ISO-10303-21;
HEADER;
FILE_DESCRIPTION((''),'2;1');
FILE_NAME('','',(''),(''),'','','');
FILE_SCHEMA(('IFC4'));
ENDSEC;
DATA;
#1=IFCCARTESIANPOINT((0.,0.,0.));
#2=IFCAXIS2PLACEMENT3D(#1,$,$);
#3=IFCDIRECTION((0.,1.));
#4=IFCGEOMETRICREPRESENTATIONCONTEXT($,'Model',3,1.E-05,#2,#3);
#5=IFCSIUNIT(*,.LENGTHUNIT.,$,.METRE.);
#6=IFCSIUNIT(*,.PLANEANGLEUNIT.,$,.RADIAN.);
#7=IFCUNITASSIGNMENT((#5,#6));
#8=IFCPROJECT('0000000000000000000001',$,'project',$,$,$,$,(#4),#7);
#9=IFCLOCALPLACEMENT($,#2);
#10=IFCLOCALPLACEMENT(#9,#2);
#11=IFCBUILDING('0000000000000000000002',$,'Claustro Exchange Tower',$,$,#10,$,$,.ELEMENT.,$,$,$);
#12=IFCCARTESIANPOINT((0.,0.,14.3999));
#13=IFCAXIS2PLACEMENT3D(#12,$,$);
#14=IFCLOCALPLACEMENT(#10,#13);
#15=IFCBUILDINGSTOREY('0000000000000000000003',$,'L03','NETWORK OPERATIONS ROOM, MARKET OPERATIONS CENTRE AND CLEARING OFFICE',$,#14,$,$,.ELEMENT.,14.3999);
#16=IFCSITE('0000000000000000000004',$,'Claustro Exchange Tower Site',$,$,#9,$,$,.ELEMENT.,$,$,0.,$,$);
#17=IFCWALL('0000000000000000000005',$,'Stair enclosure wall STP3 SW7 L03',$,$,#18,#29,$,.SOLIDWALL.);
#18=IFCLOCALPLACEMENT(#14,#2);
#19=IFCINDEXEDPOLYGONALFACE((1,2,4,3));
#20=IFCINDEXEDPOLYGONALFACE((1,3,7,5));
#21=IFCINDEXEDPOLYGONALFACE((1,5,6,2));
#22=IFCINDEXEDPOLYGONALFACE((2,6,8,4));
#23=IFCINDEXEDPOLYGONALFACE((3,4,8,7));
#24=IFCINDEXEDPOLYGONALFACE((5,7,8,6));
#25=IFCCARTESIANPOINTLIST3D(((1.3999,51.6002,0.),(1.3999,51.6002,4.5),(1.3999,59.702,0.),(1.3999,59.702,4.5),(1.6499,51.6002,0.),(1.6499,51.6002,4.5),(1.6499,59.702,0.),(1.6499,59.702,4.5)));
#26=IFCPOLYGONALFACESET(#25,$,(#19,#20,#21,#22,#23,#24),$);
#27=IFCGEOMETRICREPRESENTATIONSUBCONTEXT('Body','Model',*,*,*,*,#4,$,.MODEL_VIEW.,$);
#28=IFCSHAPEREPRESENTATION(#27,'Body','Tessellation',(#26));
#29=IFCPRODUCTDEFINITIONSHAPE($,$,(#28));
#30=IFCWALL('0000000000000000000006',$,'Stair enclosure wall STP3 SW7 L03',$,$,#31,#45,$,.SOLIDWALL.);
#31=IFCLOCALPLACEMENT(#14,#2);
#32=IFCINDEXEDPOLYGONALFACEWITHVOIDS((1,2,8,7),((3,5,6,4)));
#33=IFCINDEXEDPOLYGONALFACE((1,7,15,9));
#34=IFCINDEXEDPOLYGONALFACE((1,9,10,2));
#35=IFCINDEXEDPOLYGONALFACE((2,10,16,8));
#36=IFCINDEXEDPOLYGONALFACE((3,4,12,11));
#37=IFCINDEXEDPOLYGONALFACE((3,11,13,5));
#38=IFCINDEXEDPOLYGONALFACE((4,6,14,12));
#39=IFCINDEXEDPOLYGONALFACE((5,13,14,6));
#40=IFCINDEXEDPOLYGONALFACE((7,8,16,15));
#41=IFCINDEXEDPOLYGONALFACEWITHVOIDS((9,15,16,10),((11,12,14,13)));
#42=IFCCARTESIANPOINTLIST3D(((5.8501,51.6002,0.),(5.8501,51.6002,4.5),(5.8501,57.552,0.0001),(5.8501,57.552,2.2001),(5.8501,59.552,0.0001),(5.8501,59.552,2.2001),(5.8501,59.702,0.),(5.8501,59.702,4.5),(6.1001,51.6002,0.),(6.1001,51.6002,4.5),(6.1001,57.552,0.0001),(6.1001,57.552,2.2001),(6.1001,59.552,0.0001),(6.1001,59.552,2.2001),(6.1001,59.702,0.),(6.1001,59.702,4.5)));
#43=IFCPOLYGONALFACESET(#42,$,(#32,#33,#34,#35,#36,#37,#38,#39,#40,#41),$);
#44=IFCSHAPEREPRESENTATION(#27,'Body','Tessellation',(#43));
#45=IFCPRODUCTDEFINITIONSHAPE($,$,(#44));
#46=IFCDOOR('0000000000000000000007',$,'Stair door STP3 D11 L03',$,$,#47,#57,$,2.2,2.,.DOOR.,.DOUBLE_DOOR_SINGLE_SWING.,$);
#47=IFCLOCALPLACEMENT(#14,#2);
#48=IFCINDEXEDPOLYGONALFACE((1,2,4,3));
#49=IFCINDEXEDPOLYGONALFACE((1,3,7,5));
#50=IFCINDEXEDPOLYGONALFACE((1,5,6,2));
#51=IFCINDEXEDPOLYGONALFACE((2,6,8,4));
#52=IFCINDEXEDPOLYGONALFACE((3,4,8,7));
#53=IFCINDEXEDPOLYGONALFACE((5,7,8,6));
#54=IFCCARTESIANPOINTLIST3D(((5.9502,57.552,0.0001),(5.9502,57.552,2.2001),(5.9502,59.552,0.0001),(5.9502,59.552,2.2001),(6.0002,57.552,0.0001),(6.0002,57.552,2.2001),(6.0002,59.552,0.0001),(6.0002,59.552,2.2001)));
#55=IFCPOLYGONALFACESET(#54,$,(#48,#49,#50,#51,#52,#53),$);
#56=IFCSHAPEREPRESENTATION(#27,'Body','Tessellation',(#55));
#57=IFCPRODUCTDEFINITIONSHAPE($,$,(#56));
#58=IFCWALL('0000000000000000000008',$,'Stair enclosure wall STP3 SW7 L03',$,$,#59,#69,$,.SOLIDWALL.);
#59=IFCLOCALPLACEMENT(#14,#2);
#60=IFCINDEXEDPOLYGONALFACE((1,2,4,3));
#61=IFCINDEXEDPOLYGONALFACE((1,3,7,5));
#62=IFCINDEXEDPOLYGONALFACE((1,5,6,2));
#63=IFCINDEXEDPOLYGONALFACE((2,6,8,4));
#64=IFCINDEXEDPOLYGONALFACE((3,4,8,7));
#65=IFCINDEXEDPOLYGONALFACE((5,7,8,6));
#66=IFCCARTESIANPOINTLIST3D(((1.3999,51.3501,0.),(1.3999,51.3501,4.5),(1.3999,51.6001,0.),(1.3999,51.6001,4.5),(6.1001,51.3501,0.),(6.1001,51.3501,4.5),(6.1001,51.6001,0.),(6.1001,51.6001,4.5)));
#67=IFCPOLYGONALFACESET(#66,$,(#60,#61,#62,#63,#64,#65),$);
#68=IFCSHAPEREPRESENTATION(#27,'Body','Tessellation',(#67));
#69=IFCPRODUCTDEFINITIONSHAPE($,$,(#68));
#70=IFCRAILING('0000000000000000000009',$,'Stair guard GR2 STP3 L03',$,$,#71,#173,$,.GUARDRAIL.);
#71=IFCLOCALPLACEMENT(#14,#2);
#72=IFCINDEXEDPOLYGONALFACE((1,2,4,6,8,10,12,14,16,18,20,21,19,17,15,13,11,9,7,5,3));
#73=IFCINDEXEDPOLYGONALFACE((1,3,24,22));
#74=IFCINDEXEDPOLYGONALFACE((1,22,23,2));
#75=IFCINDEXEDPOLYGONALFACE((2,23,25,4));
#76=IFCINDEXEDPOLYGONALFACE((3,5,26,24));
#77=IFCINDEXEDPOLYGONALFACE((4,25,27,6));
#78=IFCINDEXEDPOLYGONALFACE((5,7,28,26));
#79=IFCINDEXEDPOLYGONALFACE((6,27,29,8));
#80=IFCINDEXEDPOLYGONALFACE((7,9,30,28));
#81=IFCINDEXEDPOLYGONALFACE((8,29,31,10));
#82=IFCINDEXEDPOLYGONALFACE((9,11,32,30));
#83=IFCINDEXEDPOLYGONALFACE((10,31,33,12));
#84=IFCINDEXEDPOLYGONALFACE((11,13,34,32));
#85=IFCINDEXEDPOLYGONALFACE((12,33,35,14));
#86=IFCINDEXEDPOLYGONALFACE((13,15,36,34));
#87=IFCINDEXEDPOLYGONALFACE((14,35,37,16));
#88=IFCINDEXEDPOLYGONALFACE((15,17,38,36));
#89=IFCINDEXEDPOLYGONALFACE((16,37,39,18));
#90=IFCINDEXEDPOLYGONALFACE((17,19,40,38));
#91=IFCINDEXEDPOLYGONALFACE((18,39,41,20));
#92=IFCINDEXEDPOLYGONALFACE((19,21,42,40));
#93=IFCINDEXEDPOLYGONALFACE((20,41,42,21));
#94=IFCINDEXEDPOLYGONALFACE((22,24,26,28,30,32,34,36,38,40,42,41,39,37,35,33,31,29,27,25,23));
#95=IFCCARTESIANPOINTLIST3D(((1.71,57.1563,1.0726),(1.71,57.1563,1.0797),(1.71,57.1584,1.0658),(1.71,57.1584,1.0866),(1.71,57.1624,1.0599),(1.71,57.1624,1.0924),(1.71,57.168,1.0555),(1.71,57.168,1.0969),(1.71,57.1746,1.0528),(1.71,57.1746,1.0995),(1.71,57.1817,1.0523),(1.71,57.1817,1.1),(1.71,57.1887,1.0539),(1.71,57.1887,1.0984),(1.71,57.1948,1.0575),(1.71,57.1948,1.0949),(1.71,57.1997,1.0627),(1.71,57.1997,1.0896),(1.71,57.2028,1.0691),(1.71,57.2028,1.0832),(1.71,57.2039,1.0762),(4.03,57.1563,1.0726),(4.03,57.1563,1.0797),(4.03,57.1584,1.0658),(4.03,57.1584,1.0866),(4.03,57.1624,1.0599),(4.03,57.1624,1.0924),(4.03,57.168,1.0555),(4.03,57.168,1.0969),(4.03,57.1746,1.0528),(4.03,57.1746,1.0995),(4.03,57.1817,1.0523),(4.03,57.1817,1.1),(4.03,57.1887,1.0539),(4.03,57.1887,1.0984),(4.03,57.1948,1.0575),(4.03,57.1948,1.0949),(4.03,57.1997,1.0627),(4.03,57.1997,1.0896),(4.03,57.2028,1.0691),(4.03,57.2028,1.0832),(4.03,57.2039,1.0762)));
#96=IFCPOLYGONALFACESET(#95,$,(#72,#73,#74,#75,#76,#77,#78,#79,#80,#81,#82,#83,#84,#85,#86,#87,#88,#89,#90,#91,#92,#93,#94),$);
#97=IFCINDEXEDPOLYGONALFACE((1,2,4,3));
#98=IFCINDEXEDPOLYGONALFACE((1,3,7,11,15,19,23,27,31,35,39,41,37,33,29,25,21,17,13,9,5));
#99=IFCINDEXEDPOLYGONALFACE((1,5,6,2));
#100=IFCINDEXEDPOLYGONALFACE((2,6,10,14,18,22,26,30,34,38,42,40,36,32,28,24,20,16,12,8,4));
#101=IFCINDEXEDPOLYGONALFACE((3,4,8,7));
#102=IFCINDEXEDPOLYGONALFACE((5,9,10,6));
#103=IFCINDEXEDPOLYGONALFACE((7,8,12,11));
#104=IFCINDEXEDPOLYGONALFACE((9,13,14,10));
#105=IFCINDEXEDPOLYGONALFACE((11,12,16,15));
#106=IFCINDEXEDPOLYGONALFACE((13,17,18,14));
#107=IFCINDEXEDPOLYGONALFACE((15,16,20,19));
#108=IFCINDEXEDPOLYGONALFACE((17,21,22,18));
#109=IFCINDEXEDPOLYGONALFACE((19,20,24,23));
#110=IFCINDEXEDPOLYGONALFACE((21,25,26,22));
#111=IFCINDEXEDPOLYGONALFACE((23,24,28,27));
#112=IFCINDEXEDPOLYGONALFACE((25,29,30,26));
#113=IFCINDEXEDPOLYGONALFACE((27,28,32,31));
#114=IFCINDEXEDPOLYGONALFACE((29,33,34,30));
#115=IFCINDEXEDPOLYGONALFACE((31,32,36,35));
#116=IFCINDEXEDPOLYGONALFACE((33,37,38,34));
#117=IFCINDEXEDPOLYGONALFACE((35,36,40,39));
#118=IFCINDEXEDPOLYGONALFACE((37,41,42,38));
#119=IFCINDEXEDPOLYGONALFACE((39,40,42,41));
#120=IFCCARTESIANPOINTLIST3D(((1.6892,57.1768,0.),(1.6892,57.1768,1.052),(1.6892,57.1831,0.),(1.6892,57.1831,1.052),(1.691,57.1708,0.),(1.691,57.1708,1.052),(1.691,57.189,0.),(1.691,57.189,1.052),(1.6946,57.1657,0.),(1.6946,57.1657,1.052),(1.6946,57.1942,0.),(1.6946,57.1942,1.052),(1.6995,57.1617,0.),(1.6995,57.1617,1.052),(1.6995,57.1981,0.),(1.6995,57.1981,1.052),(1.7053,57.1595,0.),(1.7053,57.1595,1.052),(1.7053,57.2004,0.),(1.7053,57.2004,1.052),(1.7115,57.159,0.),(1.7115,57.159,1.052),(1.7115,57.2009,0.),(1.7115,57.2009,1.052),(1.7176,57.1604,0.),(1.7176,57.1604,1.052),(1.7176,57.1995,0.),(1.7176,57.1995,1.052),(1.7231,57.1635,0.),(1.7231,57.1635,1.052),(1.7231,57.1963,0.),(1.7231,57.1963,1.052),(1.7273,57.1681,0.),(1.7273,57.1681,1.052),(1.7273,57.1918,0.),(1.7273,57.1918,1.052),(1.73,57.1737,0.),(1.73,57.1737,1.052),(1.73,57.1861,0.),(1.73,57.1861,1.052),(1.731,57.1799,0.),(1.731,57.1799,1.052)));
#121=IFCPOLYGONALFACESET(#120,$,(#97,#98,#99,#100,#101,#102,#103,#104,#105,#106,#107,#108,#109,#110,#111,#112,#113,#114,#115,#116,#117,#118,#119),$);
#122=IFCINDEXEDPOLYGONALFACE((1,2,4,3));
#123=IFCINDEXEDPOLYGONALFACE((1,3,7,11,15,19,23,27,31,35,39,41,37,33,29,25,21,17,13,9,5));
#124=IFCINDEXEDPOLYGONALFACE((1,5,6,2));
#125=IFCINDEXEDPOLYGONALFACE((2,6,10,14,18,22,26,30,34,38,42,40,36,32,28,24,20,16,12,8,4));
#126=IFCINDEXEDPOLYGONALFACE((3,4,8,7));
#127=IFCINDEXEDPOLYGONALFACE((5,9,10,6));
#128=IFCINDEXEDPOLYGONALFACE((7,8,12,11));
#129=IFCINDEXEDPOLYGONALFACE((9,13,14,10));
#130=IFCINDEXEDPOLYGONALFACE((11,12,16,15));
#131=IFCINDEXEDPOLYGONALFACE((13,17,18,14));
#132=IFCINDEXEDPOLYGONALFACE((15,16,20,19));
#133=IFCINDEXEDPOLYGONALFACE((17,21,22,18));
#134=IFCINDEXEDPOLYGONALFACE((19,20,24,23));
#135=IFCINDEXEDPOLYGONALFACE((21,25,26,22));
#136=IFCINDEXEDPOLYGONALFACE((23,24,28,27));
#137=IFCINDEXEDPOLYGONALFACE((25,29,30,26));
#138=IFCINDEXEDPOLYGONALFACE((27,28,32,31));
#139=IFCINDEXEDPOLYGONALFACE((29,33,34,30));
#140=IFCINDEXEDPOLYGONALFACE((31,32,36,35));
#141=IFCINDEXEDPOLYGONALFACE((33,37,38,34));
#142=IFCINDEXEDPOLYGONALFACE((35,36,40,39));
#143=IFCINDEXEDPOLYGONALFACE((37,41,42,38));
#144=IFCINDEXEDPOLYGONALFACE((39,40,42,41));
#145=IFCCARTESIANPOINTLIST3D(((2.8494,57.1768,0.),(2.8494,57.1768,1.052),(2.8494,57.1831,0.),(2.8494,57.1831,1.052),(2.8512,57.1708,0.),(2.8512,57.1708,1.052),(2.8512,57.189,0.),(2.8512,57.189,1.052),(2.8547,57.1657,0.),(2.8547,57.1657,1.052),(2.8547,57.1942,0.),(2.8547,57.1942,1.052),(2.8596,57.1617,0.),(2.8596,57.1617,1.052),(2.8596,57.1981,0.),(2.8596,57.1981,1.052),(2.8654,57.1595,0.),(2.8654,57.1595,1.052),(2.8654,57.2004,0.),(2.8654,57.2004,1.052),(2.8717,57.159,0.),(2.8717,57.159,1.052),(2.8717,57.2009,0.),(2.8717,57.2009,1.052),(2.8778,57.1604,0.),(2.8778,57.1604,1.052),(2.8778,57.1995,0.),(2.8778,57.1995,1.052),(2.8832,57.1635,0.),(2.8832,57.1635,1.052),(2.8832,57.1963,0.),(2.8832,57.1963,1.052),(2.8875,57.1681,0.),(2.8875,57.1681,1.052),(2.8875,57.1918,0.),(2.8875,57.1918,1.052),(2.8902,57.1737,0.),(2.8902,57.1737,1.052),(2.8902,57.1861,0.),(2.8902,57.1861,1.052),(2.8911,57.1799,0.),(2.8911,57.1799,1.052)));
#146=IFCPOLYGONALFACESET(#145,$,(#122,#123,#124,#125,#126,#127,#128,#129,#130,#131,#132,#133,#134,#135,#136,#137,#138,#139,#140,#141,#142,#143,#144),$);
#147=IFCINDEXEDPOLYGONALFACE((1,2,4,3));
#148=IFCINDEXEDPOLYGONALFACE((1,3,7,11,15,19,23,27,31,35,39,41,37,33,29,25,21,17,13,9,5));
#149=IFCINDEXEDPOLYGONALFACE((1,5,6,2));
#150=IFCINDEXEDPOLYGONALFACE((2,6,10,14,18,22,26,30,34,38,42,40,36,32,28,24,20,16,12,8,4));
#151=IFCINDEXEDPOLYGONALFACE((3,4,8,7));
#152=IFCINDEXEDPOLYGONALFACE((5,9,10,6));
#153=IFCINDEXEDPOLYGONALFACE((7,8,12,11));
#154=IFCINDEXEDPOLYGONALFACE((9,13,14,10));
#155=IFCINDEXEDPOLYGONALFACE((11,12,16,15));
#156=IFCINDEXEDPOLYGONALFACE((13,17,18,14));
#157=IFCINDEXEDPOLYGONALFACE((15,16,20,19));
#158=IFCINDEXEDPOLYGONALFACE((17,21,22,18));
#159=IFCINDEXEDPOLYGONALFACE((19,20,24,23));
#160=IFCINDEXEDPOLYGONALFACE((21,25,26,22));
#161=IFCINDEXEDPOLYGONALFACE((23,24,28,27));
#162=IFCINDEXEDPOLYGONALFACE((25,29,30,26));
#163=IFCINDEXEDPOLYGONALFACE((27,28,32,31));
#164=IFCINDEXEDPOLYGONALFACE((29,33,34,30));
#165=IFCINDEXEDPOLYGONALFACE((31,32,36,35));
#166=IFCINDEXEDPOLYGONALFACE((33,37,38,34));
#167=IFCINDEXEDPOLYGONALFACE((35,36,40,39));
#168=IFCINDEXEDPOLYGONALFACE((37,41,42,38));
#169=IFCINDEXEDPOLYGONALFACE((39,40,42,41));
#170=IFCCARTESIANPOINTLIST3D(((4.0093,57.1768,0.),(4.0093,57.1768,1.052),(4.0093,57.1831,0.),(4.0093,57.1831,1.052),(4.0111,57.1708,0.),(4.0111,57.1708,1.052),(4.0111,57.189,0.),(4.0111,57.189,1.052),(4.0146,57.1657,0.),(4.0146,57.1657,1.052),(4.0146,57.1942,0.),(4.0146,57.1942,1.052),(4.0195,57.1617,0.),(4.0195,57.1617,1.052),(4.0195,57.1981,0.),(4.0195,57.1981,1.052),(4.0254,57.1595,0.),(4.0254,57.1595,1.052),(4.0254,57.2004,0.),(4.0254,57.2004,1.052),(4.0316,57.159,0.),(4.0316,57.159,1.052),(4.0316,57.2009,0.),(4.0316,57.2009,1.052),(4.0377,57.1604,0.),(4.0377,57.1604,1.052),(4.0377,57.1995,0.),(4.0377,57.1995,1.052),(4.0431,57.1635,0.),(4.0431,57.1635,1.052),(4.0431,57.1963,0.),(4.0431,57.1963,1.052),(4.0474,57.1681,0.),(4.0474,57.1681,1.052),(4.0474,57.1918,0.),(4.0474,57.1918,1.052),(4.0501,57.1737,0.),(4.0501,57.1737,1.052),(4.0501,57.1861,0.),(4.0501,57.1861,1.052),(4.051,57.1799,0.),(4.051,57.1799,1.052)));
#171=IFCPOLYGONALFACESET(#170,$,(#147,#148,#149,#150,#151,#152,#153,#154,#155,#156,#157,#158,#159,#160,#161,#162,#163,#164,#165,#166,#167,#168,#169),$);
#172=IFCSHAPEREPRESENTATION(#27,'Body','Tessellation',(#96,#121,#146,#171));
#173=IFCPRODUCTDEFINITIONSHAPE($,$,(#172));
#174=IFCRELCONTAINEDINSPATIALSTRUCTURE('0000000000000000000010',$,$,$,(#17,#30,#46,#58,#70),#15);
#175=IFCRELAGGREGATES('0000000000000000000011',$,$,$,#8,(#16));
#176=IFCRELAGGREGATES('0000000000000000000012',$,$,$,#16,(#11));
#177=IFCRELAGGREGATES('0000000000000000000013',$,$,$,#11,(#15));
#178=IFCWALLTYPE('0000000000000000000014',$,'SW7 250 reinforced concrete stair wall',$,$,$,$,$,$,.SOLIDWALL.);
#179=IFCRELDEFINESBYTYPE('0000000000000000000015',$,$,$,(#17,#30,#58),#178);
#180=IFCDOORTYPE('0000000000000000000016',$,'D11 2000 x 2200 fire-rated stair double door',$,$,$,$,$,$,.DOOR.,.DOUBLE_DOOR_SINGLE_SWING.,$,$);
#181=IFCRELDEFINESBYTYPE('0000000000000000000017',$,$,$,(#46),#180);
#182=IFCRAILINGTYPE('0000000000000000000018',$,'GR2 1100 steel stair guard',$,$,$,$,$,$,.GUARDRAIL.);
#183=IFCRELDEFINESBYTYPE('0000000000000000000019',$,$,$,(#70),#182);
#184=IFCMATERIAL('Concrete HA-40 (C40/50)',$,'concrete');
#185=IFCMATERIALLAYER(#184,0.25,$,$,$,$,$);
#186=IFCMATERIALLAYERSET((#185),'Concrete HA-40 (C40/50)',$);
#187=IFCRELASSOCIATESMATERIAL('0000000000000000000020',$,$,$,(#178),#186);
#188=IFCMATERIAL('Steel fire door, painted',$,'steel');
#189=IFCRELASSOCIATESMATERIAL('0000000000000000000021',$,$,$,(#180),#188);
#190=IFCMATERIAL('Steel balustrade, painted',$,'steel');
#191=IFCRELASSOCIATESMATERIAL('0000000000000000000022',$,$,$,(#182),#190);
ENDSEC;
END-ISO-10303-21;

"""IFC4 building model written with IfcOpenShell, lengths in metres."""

from ifc_helpers import new_model, si_unit, direction, frame, frame_2d, origin, origin_2d, place, context, subcontext, project, spatial, rectangle, circle, extrude, material, layer, layer_set, type_object, element, fill, save


model = new_model("IFC4")

# Units and contexts
model_context = context("Model", 3, precision=1e-05, world=origin(), true_north=direction((0.0, 1.0)))
body_context = subcontext(model_context, "Body", "Model", "MODEL_VIEW")
ifc_project = project(units=[si_unit("LENGTHUNIT", "METRE"), si_unit("PLANEANGLEUNIT", "RADIAN")], contexts=[model_context])

# Site, building, storey
site_placement = place(None, origin())
site = spatial("IfcSite", under=ifc_project, at=site_placement, Name="Claustro Exchange Tower Site", CompositionType="ELEMENT", RefElevation=0.0)
building_placement = place(site_placement, origin())
building = spatial("IfcBuilding", under=site, at=building_placement, Name="Claustro Exchange Tower", CompositionType="ELEMENT")
storey_placement = place(building_placement, frame((0.0, 0.0, 14.3999)))
storey = spatial("IfcBuildingStorey", under=building, at=storey_placement, Name="L03", Description="NETWORK OPERATIONS ROOM, MARKET OPERATIONS CENTRE AND CLEARING OFFICE", CompositionType="ELEMENT", Elevation=14.3999)

# Wall
ifc_material_1 = material(Name="Concrete HA-40 (C40/50)", Category="concrete")
ifc_layer_1 = layer(ifc_material_1, 0.25)
ifc_layer_set_1 = layer_set([ifc_layer_1], Name="Concrete HA-40 (C40/50)")
wall_type_1 = type_object("IfcWallType", Name="SW7 250 reinforced concrete stair wall", PredefinedType="SOLIDWALL", material=ifc_layer_set_1)
wall_1_placement = place(storey_placement, frame((1.5249, 59.7019, 0.0), z_axis=(0.0, 0.0, 1.0), x_axis=(0.0, -1.0, 0.0)))
element("IfcWall", 1, at=wall_1_placement, inside=storey, type_object=wall_type_1, Name="Stair enclosure wall STP3 SW7 L03", PredefinedType="SOLIDWALL", context=body_context, shape_type="SweptSolid", body=[
    extrude(rectangle(XDim=8.1018, YDim=0.25, at=frame_2d((4.0508, 0.0))), origin(), (0.0, 0.0, 1.0), 4.5),
])

# Wall, opening, door
wall_2_placement = place(storey_placement, frame((5.9751, 59.7019, 0.0), z_axis=(0.0, 0.0, 1.0), x_axis=(0.0, -1.0, 0.0)))
wall_2 = element("IfcWall", 2, at=wall_2_placement, inside=storey, type_object=wall_type_1, Name="Stair enclosure wall STP3 SW7 L03", PredefinedType="SOLIDWALL", context=body_context, shape_type="SweptSolid", body=[
    extrude(rectangle(XDim=8.1018, YDim=0.25, at=frame_2d((4.0508, 0.0))), origin(), (0.0, 0.0, 1.0), 4.5),
])
opening_1_placement = place(wall_2_placement, frame((0.1499, 0.0, 0.0)))
opening_1 = element("IfcOpeningElement", 3, at=opening_1_placement, cuts=wall_2, PredefinedType="OPENING", context=body_context, shape_type="SweptSolid", body=[
    extrude(rectangle(XDim=2.0, YDim=2.2, at=frame_2d((1.0, 1.1001))), frame((0.0, 0.135, 0.0), z_axis=(0.0, -1.0, 0.0), x_axis=(1.0, 0.0, 0.0)), (0.0, 0.0, 1.0), 0.27),
])
ifc_material_2 = material(Name="Steel fire door, painted", Category="steel")
door_type_1 = type_object("IfcDoorType", Name="D11 2000 x 2200 fire-rated stair double door", OperationType="DOUBLE_DOOR_SINGLE_SWING", PredefinedType="DOOR", material=ifc_material_2)
door_1_placement = place(opening_1_placement, frame((2.0, 0.0, 0.0), z_axis=(0.0, 0.0, 1.0), x_axis=(-1.0, 0.0, 0.0)))
door_1 = element("IfcDoor", 4, at=door_1_placement, inside=storey, type_object=door_type_1, Name="Stair door STP3 D11 L03", OperationType="DOUBLE_DOOR_SINGLE_SWING", OverallHeight=2.2, OverallWidth=2.0, PredefinedType="DOOR", context=body_context, shape_type="SweptSolid", body=[
    extrude(rectangle(XDim=2.0, YDim=2.2, at=frame_2d((1.0, 1.1001))), frame((0.0, 0.0249, 0.0), z_axis=(0.0, -1.0, 0.0), x_axis=(1.0, 0.0, 0.0)), (0.0, 0.0, 1.0), 0.05),
])
fill(opening_1, door_1)

# Wall
wall_3_placement = place(storey_placement, frame((1.3999, 51.4751, 0.0), z_axis=(0.0, 0.0, 1.0), x_axis=(1.0, 0.0, 0.0)))
element("IfcWall", 5, at=wall_3_placement, inside=storey, type_object=wall_type_1, Name="Stair enclosure wall STP3 SW7 L03", PredefinedType="SOLIDWALL", context=body_context, shape_type="SweptSolid", body=[
    extrude(rectangle(XDim=4.7002, YDim=0.25, at=frame_2d((2.3501, 0.0))), origin(), (0.0, 0.0, 1.0), 4.5),
])

# Railing
ifc_material_3 = material(Name="Steel balustrade, painted", Category="steel")
railing_type = type_object("IfcRailingType", Name="GR2 1100 steel stair guard", PredefinedType="GUARDRAIL", material=ifc_material_3)
railing_placement = place(storey_placement, frame((1.71, 57.1799, 0.0)))
element("IfcRailing", 6, at=railing_placement, inside=storey, type_object=railing_type, Name="Stair guard GR2 STP3 L03", PredefinedType="GUARDRAIL", context=body_context, shape_type="SweptSolid", body=[
    extrude(circle(Radius=0.0239, at=origin_2d()), frame((0.0, 0.0, 1.0762), z_axis=(1.0, 0.0, 0.0), x_axis=(0.0, 1.0, 0.0)), (0.0, 0.0, 1.0), 2.3201),
    extrude(circle(Radius=0.021, at=origin_2d()), origin(), (0.0, 0.0, 1.0), 1.052),
    extrude(circle(Radius=0.021, at=origin_2d()), frame((1.1602, 0.0, 0.0)), (0.0, 0.0, 1.0), 1.052),
    extrude(circle(Radius=0.021, at=origin_2d()), frame((2.3201, 0.0, 0.0)), (0.0, 0.0, 1.0), 1.052),
])

save(model, "model.ifc")
